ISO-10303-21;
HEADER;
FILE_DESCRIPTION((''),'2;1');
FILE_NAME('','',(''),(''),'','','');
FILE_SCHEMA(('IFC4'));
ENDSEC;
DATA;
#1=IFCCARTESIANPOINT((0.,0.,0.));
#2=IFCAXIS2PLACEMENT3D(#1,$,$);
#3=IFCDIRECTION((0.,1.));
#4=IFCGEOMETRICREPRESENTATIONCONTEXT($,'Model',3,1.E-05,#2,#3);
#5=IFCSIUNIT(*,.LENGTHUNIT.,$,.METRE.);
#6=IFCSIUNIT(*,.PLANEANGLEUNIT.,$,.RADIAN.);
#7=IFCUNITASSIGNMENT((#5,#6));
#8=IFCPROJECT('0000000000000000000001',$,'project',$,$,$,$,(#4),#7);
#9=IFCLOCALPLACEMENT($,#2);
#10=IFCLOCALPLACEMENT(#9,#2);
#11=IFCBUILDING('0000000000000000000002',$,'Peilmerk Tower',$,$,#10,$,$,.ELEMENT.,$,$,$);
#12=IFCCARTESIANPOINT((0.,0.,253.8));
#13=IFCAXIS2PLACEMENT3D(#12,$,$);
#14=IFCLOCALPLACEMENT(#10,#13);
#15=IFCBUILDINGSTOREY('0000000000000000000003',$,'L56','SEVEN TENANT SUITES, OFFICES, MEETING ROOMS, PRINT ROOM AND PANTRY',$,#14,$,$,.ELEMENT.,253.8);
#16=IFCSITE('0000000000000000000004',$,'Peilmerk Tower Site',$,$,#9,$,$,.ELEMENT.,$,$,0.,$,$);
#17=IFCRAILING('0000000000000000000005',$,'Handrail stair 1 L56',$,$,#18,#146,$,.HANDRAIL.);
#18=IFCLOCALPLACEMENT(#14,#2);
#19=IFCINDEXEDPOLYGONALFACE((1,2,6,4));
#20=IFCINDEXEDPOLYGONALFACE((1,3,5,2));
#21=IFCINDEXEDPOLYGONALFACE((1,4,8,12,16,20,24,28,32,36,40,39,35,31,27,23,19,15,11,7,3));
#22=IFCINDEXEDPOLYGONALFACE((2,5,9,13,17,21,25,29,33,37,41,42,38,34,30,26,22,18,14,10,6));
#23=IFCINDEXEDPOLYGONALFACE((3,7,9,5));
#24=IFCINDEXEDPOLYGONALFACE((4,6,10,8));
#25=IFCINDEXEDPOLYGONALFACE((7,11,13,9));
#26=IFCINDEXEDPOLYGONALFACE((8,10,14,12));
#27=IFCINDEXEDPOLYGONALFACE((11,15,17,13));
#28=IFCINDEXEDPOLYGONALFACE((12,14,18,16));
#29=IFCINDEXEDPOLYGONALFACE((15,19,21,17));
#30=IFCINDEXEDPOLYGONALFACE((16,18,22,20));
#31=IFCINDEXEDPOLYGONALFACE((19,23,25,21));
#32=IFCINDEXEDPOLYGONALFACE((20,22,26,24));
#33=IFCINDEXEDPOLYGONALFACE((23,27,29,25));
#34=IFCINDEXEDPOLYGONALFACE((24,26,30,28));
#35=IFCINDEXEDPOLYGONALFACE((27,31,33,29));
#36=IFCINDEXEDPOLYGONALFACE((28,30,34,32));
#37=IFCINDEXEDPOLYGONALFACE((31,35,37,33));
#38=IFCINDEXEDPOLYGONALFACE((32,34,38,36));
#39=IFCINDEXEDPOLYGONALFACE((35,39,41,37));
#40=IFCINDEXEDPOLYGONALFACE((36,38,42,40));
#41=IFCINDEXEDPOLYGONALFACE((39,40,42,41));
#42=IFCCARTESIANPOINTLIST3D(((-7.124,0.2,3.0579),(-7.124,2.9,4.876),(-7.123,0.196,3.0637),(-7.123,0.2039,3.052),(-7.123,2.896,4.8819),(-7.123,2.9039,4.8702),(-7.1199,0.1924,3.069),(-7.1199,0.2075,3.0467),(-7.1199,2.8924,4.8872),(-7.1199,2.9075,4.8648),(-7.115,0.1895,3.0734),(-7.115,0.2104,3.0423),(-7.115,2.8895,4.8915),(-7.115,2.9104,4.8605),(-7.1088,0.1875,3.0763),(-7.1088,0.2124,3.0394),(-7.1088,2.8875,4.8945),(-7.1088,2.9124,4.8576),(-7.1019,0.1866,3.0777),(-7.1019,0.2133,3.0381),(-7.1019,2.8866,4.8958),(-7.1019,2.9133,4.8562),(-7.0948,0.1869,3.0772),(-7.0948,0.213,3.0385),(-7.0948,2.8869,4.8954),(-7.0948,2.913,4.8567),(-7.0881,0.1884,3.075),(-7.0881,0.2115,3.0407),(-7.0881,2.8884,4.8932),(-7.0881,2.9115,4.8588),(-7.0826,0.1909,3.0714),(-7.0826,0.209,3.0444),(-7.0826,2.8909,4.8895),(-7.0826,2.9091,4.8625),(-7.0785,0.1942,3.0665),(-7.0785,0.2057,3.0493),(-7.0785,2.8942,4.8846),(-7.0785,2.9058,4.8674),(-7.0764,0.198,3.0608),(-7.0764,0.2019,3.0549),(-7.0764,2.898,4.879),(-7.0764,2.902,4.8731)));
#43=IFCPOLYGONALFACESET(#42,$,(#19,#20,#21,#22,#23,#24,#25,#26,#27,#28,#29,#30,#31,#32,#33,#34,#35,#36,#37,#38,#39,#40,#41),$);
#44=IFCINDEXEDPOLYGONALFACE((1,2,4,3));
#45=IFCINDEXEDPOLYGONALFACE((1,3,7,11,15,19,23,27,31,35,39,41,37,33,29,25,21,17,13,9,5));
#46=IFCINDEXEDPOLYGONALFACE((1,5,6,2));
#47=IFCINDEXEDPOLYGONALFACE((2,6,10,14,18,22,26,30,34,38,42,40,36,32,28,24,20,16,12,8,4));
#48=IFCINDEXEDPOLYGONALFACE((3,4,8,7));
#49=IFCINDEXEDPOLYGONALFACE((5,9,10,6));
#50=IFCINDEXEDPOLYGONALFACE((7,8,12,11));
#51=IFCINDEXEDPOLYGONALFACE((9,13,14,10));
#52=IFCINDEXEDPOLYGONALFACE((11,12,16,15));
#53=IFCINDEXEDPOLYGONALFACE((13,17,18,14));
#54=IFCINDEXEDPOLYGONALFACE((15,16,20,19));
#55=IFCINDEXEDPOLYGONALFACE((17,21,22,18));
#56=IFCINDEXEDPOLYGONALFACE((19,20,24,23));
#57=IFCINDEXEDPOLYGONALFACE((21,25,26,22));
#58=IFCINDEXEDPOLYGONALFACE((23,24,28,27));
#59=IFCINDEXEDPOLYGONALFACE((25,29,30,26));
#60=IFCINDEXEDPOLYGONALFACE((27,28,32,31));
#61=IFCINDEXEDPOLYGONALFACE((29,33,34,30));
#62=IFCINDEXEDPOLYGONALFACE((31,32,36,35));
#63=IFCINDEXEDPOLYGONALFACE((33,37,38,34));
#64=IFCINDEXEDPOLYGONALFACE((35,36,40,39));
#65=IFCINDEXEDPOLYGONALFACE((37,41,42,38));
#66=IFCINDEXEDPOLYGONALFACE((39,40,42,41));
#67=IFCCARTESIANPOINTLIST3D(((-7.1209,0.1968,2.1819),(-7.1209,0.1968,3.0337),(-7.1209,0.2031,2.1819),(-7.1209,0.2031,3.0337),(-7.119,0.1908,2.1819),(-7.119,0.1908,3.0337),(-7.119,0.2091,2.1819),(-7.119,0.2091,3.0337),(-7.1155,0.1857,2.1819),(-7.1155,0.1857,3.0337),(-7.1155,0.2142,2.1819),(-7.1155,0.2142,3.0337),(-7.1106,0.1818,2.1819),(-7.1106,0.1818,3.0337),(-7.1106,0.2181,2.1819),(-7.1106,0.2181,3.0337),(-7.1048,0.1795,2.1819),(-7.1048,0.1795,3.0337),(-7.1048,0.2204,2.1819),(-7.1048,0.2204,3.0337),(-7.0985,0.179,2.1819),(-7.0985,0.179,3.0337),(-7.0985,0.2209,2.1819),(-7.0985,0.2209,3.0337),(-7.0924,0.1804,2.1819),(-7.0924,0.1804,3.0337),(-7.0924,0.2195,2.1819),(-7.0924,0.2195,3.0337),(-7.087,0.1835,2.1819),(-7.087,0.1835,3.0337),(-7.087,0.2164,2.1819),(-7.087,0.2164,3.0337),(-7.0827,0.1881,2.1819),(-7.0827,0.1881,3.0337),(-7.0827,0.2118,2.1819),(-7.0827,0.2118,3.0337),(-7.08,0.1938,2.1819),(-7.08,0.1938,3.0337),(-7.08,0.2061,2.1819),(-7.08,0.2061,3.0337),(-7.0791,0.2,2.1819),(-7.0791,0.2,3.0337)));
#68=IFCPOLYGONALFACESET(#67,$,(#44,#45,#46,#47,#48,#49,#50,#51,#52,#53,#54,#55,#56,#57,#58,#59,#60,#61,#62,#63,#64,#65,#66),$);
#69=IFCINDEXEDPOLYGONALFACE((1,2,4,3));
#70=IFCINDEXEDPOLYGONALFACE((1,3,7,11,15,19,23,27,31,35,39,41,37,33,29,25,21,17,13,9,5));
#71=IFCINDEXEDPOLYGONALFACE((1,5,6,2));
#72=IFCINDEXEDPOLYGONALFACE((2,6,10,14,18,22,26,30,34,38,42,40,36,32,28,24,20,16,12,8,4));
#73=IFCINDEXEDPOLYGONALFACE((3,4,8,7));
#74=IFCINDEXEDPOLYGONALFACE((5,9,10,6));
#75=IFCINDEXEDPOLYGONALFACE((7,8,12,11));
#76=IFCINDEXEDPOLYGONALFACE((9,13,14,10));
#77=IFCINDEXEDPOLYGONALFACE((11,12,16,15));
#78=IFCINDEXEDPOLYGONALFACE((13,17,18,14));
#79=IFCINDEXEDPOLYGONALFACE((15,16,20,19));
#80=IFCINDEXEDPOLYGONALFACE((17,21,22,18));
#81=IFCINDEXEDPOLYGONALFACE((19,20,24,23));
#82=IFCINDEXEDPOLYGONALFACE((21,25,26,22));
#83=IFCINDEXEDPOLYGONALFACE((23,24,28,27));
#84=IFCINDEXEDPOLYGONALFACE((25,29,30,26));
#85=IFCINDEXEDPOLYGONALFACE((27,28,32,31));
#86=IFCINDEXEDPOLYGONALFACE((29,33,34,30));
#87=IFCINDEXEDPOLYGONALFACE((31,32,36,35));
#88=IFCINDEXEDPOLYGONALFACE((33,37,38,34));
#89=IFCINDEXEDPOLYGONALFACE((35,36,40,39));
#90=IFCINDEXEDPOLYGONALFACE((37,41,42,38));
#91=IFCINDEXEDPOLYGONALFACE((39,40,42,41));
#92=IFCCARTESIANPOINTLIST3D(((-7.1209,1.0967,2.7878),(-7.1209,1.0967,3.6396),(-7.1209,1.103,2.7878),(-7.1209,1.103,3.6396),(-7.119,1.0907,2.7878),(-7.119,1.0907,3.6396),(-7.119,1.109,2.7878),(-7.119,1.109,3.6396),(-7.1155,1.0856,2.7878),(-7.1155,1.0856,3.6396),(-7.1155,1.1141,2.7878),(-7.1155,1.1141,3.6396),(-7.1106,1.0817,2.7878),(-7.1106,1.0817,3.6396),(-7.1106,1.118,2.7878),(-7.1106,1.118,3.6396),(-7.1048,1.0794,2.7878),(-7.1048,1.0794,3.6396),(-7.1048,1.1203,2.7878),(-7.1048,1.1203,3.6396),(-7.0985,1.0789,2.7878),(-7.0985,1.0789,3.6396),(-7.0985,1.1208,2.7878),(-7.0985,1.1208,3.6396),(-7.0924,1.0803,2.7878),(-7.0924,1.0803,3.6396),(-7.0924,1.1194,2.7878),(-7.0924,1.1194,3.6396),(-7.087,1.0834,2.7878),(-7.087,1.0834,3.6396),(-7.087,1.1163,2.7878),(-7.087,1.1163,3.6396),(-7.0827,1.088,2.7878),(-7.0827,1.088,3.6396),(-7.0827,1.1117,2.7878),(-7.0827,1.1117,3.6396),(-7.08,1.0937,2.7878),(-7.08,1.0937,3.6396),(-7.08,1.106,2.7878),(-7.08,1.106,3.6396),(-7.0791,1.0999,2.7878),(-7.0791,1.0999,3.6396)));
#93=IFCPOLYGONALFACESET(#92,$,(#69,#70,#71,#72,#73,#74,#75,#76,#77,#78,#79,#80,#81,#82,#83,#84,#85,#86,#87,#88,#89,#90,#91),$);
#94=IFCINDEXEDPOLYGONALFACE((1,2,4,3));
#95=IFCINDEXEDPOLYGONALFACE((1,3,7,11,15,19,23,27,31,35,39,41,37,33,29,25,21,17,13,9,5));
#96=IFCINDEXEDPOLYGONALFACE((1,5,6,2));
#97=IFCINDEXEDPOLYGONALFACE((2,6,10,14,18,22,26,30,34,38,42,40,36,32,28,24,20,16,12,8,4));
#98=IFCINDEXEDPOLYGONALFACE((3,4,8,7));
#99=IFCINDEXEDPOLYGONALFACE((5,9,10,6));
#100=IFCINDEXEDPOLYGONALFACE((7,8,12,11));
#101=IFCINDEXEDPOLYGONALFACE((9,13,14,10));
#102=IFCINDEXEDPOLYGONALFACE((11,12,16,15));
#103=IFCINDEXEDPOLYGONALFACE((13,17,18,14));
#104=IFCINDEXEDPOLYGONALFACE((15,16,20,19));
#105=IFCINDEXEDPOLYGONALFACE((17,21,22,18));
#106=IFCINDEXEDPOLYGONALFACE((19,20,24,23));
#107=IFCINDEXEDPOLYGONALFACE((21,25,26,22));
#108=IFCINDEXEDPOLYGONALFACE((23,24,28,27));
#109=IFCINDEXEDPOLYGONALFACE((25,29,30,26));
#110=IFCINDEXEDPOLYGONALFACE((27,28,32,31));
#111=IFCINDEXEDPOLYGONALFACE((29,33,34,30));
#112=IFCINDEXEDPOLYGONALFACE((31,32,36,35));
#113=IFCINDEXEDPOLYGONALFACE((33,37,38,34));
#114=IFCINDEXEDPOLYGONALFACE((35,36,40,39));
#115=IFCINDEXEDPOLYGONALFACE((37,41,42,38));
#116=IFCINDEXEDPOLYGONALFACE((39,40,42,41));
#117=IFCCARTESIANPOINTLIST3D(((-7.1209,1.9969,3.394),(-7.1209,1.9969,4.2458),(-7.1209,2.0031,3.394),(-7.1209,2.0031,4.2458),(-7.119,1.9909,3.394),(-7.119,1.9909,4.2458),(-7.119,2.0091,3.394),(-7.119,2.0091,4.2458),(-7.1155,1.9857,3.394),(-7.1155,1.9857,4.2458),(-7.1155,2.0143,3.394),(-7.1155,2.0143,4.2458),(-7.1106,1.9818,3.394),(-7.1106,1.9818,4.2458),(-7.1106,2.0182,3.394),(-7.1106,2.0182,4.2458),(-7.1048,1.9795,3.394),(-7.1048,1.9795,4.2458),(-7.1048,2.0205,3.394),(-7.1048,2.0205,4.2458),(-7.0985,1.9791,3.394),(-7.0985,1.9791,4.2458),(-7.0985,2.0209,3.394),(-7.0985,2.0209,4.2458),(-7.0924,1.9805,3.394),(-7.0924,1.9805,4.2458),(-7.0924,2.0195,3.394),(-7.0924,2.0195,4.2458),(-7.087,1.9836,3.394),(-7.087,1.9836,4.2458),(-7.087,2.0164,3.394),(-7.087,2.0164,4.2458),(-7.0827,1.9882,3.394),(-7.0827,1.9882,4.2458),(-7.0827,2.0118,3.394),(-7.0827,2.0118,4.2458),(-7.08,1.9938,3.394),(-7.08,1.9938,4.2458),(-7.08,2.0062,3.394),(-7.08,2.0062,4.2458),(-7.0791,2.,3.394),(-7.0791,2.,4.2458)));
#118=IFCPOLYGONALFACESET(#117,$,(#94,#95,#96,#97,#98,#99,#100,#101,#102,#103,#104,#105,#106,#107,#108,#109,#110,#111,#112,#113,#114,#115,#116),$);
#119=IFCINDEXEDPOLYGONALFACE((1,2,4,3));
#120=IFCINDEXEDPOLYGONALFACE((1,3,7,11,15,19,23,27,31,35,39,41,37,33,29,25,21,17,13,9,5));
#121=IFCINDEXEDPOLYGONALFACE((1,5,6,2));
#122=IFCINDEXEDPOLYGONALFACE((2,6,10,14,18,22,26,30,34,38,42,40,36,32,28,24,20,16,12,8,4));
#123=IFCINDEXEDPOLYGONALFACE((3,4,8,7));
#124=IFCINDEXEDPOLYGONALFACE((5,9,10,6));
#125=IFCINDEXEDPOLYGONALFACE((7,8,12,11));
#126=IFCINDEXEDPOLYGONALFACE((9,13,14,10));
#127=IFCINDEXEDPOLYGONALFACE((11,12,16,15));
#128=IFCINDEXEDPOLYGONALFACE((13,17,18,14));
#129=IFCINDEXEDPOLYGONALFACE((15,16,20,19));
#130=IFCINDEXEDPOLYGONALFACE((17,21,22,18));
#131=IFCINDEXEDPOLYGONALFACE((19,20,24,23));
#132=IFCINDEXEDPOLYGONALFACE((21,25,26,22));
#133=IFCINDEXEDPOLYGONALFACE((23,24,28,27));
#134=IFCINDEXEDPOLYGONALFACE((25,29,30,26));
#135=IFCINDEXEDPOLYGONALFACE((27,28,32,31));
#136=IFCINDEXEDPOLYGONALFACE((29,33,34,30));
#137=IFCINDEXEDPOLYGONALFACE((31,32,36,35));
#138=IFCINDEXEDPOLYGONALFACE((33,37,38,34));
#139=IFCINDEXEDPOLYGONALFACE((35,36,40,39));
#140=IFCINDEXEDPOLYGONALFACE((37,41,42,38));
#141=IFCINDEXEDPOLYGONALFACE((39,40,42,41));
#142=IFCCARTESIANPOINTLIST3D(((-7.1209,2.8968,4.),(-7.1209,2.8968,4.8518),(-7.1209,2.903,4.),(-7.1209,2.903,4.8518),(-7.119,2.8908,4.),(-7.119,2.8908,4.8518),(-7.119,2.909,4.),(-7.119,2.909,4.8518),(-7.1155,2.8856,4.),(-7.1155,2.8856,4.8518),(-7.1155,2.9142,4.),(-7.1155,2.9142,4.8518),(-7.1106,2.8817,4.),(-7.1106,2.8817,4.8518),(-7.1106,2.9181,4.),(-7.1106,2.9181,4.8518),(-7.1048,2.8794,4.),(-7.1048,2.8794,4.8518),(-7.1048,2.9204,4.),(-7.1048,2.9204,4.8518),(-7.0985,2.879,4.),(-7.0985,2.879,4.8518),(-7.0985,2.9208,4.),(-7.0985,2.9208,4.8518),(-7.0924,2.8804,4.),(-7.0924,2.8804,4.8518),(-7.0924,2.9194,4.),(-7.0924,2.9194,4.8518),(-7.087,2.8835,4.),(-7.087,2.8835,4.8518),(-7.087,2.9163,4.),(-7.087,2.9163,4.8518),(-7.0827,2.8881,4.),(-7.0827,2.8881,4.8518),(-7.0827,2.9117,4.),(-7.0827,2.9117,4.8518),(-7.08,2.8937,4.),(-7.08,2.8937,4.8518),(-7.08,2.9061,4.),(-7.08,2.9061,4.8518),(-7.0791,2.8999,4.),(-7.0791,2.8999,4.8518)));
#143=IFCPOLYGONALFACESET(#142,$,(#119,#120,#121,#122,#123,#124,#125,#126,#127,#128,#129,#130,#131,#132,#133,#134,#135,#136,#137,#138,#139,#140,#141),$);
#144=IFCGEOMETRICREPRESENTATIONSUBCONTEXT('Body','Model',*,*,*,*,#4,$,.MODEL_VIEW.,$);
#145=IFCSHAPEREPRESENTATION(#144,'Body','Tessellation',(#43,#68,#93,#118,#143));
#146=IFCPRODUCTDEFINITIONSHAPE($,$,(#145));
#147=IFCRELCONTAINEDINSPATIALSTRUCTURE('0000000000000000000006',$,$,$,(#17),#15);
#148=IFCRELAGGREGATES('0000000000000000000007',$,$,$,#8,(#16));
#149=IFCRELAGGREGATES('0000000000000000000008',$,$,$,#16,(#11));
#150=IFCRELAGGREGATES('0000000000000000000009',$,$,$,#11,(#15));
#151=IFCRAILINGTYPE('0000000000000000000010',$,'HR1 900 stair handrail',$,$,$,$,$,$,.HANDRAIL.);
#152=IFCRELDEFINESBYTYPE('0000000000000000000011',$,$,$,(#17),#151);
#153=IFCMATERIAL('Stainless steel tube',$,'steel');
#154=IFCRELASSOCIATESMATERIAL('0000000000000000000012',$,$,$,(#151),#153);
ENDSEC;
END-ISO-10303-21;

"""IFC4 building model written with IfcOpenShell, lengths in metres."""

from ifc_helpers import new_model, si_unit, direction, frame, origin, origin_2d, place, context, subcontext, project, spatial, circle, extrude, material, type_object, element, save


model = new_model("IFC4")

# Units and contexts
model_context = context("Model", 3, precision=1e-05, world=origin(), true_north=direction((0.0, 1.0)))
body_context = subcontext(model_context, "Body", "Model", "MODEL_VIEW")
ifc_project = project(units=[si_unit("LENGTHUNIT", "METRE"), si_unit("PLANEANGLEUNIT", "RADIAN")], contexts=[model_context])

# Site, building, storey
site_placement = place(None, origin())
site = spatial("IfcSite", under=ifc_project, at=site_placement, Name="Peilmerk Tower Site", CompositionType="ELEMENT", RefElevation=0.0)
building_placement = place(site_placement, origin())
building = spatial("IfcBuilding", under=site, at=building_placement, Name="Peilmerk Tower", CompositionType="ELEMENT")
storey_placement = place(building_placement, frame((0.0, 0.0, 253.8)))
storey = spatial("IfcBuildingStorey", under=building, at=storey_placement, Name="L56", Description="SEVEN TENANT SUITES, OFFICES, MEETING ROOMS, PRINT ROOM AND PANTRY", CompositionType="ELEMENT", Elevation=253.8)

# Railing
ifc_material_1 = material(Name="Stainless steel tube", Category="steel")
railing_type_1 = type_object("IfcRailingType", Name="HR1 900 stair handrail", PredefinedType="HANDRAIL", material=ifc_material_1)
railing_1_placement = place(storey_placement, frame((-7.1001, 0.2, 2.1819)))
element("IfcRailing", 1, at=railing_1_placement, inside=storey, type_object=railing_type_1, Name="Handrail stair 1 L56", PredefinedType="HANDRAIL", context=body_context, shape_type="SweptSolid", body=[
    extrude(circle(Radius=0.0239, at=origin_2d()), frame((0.0, 0.0, 0.876), z_axis=(0.0, 0.829468, 0.558554), x_axis=(-1.0, 0.0, 0.0)), (0.0, 0.0, 1.0), 3.2551),
    extrude(circle(Radius=0.021, at=origin_2d()), origin(), (0.0, 0.0, 1.0), 0.8518),
    extrude(circle(Radius=0.021, at=origin_2d()), frame((0.0, 0.8999, 0.606)), (0.0, 0.0, 1.0), 0.8518),
    extrude(circle(Radius=0.021, at=origin_2d()), frame((0.0, 1.8, 1.2122)), (0.0, 0.0, 1.0), 0.8518),
    extrude(circle(Radius=0.021, at=origin_2d()), frame((0.0, 2.7, 1.8181)), (0.0, 0.0, 1.0), 0.8518),
])

save(model, "model.ifc")
